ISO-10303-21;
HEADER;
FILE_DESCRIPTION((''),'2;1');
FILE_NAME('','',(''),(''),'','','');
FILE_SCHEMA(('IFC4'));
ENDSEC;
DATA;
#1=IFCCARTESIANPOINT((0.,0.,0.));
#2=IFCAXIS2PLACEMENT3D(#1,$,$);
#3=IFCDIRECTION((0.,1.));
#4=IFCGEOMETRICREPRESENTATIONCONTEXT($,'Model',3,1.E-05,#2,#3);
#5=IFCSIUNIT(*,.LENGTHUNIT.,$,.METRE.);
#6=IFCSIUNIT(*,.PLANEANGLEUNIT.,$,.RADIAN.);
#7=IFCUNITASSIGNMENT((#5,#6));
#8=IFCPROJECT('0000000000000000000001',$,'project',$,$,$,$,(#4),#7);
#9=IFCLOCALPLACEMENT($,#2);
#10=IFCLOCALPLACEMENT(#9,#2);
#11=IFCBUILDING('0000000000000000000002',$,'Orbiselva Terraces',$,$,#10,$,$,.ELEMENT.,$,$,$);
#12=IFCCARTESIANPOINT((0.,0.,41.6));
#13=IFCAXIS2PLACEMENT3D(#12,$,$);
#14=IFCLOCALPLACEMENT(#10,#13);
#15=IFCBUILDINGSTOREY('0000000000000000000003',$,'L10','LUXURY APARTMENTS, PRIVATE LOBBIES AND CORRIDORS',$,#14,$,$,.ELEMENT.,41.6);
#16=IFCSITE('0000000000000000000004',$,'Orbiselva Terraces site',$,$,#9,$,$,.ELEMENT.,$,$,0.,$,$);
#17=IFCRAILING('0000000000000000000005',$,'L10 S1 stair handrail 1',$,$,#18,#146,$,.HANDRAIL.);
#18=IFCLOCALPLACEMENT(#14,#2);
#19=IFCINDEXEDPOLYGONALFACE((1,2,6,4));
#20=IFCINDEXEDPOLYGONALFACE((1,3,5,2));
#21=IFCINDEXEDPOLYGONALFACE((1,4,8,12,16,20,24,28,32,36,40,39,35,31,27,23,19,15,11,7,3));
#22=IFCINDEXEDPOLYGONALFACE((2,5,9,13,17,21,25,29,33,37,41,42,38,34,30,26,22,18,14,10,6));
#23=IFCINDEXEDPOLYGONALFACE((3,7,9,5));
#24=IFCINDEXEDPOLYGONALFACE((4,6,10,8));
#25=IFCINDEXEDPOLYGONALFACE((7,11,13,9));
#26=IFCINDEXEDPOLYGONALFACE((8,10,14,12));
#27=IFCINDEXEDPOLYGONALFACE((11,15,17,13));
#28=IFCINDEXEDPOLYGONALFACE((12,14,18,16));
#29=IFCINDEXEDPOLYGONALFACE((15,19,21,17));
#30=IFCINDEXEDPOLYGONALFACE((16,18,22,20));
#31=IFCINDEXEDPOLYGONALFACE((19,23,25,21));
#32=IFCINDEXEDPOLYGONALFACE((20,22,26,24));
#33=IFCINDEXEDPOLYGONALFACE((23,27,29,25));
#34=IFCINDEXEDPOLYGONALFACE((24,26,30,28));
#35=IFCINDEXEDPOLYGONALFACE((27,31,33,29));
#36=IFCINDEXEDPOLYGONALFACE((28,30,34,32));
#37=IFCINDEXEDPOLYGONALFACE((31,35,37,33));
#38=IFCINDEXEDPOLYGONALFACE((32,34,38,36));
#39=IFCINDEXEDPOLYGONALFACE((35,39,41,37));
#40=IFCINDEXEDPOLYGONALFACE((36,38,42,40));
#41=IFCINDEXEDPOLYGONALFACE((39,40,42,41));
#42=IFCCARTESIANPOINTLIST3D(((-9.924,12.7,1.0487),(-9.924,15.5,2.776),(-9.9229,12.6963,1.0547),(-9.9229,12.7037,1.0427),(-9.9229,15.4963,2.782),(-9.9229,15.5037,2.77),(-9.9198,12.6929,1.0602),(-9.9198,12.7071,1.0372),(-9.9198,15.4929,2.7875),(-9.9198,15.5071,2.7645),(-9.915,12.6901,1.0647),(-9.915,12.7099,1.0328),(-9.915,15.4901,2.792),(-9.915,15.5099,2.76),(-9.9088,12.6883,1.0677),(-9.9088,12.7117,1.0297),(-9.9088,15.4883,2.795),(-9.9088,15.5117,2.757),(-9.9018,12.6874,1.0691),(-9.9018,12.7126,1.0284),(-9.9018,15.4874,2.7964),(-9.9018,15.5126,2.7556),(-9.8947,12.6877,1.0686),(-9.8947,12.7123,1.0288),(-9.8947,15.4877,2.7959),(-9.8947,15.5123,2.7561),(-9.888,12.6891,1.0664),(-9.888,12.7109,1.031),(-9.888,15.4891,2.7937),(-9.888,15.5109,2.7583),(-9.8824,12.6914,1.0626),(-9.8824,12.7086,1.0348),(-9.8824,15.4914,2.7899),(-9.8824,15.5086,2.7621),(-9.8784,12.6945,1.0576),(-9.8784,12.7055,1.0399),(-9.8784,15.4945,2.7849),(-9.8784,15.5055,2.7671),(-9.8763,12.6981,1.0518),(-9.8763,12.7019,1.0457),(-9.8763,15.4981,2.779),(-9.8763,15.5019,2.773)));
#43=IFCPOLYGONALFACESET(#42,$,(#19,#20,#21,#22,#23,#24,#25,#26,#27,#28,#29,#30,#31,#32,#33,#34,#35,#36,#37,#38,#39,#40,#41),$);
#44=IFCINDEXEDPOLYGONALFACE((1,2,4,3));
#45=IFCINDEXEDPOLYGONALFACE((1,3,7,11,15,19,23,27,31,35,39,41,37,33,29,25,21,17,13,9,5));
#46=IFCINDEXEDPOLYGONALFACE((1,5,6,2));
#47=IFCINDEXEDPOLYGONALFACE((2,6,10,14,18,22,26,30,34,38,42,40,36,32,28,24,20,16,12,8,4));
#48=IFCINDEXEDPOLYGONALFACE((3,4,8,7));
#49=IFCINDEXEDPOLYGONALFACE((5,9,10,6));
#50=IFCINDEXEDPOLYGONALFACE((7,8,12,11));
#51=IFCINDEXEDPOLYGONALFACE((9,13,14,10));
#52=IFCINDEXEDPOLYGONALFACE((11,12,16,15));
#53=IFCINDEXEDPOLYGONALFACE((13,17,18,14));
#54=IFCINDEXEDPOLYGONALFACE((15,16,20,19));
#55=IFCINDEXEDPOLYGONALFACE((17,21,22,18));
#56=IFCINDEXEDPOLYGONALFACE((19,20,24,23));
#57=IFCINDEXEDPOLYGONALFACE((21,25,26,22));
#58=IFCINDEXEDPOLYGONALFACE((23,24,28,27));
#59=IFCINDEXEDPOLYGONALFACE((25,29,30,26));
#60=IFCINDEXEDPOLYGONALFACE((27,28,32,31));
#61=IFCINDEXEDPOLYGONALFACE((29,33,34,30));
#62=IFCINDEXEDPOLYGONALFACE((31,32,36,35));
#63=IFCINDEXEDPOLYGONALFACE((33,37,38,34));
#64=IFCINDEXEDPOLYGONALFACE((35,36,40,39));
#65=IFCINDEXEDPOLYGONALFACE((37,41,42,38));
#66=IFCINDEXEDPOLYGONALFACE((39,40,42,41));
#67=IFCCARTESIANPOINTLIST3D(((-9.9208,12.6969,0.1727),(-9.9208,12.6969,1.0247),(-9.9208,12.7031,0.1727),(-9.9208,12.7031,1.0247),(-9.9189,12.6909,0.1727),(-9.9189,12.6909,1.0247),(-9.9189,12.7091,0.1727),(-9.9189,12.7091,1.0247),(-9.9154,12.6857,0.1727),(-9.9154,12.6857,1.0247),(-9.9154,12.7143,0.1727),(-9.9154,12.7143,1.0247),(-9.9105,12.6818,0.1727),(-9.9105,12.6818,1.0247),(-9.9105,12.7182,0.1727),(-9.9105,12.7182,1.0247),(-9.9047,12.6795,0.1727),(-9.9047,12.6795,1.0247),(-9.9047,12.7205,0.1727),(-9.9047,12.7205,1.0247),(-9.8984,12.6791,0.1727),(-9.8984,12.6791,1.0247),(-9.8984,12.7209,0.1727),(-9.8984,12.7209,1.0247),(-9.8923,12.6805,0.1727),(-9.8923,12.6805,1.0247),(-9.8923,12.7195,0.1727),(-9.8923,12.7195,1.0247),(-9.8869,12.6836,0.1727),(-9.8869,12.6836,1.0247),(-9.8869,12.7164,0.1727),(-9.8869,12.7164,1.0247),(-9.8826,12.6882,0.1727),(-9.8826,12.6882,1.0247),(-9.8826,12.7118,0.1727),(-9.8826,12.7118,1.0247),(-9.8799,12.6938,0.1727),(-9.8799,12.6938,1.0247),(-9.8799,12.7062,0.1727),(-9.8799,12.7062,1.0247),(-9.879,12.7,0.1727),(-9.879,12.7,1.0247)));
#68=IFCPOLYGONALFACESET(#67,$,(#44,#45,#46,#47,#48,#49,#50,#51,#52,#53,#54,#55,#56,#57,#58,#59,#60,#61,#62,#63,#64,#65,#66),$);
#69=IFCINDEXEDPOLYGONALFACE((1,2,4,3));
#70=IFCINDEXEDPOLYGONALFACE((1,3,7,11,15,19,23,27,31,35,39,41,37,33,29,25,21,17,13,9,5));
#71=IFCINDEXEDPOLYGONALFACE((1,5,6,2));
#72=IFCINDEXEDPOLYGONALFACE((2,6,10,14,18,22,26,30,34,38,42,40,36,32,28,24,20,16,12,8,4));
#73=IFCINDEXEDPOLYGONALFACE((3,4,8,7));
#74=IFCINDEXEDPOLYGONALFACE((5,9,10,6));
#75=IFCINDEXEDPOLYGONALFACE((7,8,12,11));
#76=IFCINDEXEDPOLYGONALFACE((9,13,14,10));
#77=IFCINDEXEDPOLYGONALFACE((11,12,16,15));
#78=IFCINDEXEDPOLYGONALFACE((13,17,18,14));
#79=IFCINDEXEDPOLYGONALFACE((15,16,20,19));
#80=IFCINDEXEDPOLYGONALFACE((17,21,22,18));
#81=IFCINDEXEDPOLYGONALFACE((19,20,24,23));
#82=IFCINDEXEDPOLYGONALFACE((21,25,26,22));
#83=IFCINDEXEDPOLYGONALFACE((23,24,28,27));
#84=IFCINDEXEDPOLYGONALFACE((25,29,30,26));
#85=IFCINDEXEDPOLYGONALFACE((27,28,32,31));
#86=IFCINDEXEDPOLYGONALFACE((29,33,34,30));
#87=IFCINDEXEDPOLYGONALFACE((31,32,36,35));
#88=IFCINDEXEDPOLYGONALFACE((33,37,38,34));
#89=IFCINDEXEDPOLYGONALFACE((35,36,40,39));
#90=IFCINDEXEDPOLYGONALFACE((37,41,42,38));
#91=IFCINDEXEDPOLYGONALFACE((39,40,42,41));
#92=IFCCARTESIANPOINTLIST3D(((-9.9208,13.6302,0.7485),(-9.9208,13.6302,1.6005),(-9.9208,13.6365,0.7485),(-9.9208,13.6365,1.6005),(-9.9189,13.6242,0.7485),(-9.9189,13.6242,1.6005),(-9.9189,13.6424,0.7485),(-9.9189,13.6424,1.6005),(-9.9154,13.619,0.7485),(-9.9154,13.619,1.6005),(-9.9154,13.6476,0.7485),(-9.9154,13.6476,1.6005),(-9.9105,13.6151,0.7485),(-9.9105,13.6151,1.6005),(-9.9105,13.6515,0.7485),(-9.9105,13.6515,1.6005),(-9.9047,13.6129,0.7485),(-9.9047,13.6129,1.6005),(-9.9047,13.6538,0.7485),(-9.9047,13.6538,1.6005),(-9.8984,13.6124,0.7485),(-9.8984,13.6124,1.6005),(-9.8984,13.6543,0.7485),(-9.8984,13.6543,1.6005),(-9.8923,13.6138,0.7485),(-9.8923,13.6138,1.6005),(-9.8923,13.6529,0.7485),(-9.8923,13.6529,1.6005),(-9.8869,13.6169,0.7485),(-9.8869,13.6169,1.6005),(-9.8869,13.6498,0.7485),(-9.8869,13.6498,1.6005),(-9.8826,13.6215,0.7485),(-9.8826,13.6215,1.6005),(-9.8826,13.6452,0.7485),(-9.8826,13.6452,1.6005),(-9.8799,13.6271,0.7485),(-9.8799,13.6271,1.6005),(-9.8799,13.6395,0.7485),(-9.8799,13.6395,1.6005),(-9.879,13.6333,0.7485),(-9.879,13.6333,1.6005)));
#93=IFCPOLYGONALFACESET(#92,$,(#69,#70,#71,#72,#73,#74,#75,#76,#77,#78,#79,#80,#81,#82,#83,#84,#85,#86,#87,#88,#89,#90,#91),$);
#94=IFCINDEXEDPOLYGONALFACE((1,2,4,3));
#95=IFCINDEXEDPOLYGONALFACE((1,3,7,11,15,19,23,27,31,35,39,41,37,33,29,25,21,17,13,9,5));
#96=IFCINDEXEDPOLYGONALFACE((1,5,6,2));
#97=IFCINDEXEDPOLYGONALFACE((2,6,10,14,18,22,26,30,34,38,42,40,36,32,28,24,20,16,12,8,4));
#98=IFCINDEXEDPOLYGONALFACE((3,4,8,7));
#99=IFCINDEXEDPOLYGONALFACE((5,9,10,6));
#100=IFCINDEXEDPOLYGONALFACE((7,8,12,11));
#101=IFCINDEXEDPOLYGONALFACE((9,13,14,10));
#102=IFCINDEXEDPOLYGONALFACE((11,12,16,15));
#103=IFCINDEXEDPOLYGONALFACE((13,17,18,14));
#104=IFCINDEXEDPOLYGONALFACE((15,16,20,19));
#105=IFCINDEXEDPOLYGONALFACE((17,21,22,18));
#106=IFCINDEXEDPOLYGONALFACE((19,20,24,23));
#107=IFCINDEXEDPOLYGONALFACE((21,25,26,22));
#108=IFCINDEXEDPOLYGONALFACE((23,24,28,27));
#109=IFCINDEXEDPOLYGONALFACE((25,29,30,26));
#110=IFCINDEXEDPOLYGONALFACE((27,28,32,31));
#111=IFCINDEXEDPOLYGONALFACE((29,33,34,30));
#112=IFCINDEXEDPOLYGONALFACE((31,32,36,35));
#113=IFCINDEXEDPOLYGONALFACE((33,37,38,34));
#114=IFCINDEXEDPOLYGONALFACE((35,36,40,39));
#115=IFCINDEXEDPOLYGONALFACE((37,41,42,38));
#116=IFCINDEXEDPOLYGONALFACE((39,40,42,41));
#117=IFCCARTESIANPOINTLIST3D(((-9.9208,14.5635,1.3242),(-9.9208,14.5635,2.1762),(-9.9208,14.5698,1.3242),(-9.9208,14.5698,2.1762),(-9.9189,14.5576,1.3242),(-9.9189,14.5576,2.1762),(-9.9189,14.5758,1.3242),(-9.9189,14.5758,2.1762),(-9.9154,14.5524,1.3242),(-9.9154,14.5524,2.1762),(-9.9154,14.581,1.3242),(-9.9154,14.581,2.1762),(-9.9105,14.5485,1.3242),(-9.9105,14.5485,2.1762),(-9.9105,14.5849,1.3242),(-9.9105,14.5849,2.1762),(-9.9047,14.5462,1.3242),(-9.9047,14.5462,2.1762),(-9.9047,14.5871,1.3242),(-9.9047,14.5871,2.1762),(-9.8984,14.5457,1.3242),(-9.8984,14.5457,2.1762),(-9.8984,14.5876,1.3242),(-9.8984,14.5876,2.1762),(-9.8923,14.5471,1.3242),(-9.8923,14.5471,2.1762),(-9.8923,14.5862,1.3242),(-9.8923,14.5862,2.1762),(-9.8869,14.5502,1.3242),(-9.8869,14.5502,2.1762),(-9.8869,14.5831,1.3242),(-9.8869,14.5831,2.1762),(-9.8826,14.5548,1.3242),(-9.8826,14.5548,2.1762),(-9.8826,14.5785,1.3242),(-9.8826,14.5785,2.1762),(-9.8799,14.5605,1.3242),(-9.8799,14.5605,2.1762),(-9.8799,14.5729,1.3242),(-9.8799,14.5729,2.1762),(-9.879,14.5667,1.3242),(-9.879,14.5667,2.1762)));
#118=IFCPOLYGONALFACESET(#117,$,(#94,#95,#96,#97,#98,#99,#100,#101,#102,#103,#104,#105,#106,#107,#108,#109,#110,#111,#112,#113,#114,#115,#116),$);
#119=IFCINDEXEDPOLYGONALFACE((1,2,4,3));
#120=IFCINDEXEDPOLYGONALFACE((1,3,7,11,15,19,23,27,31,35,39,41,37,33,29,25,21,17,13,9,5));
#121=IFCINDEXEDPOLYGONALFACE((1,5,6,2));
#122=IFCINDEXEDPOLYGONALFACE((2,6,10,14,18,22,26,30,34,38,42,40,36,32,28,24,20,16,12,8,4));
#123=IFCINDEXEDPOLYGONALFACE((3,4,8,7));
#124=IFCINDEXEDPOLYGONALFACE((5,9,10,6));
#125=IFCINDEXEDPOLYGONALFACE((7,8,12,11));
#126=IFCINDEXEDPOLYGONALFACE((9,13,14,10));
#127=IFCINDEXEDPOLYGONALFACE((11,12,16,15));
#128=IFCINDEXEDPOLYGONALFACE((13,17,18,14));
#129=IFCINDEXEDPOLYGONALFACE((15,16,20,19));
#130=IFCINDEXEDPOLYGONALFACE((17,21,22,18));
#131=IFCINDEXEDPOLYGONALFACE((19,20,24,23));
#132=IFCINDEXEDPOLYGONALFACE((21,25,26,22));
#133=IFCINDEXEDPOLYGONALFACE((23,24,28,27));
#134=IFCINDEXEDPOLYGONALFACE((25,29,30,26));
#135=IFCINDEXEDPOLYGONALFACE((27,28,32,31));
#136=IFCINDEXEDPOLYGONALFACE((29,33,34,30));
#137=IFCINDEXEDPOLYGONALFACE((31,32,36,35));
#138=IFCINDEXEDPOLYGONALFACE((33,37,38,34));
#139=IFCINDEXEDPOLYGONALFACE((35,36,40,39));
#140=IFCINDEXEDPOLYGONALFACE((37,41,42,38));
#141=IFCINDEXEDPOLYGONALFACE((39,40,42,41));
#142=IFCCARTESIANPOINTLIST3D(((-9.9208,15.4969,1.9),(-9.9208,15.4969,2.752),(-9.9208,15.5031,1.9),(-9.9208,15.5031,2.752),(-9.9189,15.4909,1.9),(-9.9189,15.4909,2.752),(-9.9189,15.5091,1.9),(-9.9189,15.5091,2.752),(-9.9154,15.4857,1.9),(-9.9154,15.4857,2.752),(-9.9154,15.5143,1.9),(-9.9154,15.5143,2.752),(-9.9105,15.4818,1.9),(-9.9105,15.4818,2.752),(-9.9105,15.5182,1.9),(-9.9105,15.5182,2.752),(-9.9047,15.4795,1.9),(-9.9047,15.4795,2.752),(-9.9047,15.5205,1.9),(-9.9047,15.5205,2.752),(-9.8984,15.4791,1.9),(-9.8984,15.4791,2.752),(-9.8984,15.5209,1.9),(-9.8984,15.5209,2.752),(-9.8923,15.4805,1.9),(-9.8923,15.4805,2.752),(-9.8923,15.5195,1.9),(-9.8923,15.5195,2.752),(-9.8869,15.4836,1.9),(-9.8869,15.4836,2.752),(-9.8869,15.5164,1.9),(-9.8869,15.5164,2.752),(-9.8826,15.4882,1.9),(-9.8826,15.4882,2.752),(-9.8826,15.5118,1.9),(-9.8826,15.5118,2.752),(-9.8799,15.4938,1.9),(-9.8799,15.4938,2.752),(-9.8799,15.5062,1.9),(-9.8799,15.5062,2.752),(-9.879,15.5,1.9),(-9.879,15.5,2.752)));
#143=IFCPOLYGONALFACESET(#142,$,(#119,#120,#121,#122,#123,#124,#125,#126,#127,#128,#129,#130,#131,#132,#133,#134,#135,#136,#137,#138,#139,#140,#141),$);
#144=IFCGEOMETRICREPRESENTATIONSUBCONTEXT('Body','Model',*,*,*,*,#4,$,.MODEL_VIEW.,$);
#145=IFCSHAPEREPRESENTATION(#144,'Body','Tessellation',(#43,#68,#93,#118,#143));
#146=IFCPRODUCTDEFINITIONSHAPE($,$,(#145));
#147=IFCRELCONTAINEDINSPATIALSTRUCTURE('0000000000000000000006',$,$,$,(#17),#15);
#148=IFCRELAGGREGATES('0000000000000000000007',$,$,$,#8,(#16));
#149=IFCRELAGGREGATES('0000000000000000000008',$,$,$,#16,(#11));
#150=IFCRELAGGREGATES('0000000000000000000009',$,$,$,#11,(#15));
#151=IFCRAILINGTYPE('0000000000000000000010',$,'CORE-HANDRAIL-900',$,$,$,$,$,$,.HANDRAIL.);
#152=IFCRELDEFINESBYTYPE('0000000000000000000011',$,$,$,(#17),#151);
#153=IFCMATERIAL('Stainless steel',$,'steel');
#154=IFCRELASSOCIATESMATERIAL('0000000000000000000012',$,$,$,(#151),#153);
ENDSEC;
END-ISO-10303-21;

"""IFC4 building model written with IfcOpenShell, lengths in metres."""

from ifc_helpers import new_model, si_unit, direction, frame, origin, origin_2d, place, context, subcontext, project, spatial, circle, extrude, material, type_object, element, save


model = new_model("IFC4")

# Units and contexts
model_context = context("Model", 3, precision=1e-05, world=origin(), true_north=direction((0.0, 1.0)))
body_context = subcontext(model_context, "Body", "Model", "MODEL_VIEW")
ifc_project = project(units=[si_unit("LENGTHUNIT", "METRE"), si_unit("PLANEANGLEUNIT", "RADIAN")], contexts=[model_context])

# Site, building, storey
site_placement = place(None, origin())
site = spatial("IfcSite", under=ifc_project, at=site_placement, Name="Orbiselva Terraces site", CompositionType="ELEMENT", RefElevation=0.0)
building_placement = place(site_placement, origin())
building = spatial("IfcBuilding", under=site, at=building_placement, Name="Orbiselva Terraces", CompositionType="ELEMENT")
storey_placement = place(building_placement, frame((0.0, 0.0, 41.6)))
storey = spatial("IfcBuildingStorey", under=building, at=storey_placement, Name="L10", Description="LUXURY APARTMENTS, PRIVATE LOBBIES AND CORRIDORS", CompositionType="ELEMENT", Elevation=41.6)

# Railing
ifc_material_1 = material(Name="Stainless steel", Category="steel")
railing_type_1 = type_object("IfcRailingType", Name="CORE-HANDRAIL-900", PredefinedType="HANDRAIL", material=ifc_material_1)
railing_1_placement = place(storey_placement, frame((-9.9, 12.7, 0.1727)))
element("IfcRailing", 1, at=railing_1_placement, inside=storey, type_object=railing_type_1, Name="L10 S1 stair handrail 1", PredefinedType="HANDRAIL", context=body_context, shape_type="SweptSolid", body=[
    extrude(circle(Radius=0.024, at=origin_2d()), frame((0.0, 0.0, 0.876), z_axis=(0.0, 0.851089, 0.525022), x_axis=(-1.0, 0.0, 0.0)), (0.0, 0.0, 1.0), 3.2899),
    extrude(circle(Radius=0.021, at=origin_2d()), origin(), (0.0, 0.0, 1.0), 0.852),
    extrude(circle(Radius=0.021, at=origin_2d()), frame((0.0, 0.9333, 0.5758)), (0.0, 0.0, 1.0), 0.852),
    extrude(circle(Radius=0.021, at=origin_2d()), frame((0.0, 1.8667, 1.1515)), (0.0, 0.0, 1.0), 0.852),
    extrude(circle(Radius=0.021, at=origin_2d()), frame((0.0, 2.8, 1.7273)), (0.0, 0.0, 1.0), 0.852),
])

save(model, "model.ifc")
